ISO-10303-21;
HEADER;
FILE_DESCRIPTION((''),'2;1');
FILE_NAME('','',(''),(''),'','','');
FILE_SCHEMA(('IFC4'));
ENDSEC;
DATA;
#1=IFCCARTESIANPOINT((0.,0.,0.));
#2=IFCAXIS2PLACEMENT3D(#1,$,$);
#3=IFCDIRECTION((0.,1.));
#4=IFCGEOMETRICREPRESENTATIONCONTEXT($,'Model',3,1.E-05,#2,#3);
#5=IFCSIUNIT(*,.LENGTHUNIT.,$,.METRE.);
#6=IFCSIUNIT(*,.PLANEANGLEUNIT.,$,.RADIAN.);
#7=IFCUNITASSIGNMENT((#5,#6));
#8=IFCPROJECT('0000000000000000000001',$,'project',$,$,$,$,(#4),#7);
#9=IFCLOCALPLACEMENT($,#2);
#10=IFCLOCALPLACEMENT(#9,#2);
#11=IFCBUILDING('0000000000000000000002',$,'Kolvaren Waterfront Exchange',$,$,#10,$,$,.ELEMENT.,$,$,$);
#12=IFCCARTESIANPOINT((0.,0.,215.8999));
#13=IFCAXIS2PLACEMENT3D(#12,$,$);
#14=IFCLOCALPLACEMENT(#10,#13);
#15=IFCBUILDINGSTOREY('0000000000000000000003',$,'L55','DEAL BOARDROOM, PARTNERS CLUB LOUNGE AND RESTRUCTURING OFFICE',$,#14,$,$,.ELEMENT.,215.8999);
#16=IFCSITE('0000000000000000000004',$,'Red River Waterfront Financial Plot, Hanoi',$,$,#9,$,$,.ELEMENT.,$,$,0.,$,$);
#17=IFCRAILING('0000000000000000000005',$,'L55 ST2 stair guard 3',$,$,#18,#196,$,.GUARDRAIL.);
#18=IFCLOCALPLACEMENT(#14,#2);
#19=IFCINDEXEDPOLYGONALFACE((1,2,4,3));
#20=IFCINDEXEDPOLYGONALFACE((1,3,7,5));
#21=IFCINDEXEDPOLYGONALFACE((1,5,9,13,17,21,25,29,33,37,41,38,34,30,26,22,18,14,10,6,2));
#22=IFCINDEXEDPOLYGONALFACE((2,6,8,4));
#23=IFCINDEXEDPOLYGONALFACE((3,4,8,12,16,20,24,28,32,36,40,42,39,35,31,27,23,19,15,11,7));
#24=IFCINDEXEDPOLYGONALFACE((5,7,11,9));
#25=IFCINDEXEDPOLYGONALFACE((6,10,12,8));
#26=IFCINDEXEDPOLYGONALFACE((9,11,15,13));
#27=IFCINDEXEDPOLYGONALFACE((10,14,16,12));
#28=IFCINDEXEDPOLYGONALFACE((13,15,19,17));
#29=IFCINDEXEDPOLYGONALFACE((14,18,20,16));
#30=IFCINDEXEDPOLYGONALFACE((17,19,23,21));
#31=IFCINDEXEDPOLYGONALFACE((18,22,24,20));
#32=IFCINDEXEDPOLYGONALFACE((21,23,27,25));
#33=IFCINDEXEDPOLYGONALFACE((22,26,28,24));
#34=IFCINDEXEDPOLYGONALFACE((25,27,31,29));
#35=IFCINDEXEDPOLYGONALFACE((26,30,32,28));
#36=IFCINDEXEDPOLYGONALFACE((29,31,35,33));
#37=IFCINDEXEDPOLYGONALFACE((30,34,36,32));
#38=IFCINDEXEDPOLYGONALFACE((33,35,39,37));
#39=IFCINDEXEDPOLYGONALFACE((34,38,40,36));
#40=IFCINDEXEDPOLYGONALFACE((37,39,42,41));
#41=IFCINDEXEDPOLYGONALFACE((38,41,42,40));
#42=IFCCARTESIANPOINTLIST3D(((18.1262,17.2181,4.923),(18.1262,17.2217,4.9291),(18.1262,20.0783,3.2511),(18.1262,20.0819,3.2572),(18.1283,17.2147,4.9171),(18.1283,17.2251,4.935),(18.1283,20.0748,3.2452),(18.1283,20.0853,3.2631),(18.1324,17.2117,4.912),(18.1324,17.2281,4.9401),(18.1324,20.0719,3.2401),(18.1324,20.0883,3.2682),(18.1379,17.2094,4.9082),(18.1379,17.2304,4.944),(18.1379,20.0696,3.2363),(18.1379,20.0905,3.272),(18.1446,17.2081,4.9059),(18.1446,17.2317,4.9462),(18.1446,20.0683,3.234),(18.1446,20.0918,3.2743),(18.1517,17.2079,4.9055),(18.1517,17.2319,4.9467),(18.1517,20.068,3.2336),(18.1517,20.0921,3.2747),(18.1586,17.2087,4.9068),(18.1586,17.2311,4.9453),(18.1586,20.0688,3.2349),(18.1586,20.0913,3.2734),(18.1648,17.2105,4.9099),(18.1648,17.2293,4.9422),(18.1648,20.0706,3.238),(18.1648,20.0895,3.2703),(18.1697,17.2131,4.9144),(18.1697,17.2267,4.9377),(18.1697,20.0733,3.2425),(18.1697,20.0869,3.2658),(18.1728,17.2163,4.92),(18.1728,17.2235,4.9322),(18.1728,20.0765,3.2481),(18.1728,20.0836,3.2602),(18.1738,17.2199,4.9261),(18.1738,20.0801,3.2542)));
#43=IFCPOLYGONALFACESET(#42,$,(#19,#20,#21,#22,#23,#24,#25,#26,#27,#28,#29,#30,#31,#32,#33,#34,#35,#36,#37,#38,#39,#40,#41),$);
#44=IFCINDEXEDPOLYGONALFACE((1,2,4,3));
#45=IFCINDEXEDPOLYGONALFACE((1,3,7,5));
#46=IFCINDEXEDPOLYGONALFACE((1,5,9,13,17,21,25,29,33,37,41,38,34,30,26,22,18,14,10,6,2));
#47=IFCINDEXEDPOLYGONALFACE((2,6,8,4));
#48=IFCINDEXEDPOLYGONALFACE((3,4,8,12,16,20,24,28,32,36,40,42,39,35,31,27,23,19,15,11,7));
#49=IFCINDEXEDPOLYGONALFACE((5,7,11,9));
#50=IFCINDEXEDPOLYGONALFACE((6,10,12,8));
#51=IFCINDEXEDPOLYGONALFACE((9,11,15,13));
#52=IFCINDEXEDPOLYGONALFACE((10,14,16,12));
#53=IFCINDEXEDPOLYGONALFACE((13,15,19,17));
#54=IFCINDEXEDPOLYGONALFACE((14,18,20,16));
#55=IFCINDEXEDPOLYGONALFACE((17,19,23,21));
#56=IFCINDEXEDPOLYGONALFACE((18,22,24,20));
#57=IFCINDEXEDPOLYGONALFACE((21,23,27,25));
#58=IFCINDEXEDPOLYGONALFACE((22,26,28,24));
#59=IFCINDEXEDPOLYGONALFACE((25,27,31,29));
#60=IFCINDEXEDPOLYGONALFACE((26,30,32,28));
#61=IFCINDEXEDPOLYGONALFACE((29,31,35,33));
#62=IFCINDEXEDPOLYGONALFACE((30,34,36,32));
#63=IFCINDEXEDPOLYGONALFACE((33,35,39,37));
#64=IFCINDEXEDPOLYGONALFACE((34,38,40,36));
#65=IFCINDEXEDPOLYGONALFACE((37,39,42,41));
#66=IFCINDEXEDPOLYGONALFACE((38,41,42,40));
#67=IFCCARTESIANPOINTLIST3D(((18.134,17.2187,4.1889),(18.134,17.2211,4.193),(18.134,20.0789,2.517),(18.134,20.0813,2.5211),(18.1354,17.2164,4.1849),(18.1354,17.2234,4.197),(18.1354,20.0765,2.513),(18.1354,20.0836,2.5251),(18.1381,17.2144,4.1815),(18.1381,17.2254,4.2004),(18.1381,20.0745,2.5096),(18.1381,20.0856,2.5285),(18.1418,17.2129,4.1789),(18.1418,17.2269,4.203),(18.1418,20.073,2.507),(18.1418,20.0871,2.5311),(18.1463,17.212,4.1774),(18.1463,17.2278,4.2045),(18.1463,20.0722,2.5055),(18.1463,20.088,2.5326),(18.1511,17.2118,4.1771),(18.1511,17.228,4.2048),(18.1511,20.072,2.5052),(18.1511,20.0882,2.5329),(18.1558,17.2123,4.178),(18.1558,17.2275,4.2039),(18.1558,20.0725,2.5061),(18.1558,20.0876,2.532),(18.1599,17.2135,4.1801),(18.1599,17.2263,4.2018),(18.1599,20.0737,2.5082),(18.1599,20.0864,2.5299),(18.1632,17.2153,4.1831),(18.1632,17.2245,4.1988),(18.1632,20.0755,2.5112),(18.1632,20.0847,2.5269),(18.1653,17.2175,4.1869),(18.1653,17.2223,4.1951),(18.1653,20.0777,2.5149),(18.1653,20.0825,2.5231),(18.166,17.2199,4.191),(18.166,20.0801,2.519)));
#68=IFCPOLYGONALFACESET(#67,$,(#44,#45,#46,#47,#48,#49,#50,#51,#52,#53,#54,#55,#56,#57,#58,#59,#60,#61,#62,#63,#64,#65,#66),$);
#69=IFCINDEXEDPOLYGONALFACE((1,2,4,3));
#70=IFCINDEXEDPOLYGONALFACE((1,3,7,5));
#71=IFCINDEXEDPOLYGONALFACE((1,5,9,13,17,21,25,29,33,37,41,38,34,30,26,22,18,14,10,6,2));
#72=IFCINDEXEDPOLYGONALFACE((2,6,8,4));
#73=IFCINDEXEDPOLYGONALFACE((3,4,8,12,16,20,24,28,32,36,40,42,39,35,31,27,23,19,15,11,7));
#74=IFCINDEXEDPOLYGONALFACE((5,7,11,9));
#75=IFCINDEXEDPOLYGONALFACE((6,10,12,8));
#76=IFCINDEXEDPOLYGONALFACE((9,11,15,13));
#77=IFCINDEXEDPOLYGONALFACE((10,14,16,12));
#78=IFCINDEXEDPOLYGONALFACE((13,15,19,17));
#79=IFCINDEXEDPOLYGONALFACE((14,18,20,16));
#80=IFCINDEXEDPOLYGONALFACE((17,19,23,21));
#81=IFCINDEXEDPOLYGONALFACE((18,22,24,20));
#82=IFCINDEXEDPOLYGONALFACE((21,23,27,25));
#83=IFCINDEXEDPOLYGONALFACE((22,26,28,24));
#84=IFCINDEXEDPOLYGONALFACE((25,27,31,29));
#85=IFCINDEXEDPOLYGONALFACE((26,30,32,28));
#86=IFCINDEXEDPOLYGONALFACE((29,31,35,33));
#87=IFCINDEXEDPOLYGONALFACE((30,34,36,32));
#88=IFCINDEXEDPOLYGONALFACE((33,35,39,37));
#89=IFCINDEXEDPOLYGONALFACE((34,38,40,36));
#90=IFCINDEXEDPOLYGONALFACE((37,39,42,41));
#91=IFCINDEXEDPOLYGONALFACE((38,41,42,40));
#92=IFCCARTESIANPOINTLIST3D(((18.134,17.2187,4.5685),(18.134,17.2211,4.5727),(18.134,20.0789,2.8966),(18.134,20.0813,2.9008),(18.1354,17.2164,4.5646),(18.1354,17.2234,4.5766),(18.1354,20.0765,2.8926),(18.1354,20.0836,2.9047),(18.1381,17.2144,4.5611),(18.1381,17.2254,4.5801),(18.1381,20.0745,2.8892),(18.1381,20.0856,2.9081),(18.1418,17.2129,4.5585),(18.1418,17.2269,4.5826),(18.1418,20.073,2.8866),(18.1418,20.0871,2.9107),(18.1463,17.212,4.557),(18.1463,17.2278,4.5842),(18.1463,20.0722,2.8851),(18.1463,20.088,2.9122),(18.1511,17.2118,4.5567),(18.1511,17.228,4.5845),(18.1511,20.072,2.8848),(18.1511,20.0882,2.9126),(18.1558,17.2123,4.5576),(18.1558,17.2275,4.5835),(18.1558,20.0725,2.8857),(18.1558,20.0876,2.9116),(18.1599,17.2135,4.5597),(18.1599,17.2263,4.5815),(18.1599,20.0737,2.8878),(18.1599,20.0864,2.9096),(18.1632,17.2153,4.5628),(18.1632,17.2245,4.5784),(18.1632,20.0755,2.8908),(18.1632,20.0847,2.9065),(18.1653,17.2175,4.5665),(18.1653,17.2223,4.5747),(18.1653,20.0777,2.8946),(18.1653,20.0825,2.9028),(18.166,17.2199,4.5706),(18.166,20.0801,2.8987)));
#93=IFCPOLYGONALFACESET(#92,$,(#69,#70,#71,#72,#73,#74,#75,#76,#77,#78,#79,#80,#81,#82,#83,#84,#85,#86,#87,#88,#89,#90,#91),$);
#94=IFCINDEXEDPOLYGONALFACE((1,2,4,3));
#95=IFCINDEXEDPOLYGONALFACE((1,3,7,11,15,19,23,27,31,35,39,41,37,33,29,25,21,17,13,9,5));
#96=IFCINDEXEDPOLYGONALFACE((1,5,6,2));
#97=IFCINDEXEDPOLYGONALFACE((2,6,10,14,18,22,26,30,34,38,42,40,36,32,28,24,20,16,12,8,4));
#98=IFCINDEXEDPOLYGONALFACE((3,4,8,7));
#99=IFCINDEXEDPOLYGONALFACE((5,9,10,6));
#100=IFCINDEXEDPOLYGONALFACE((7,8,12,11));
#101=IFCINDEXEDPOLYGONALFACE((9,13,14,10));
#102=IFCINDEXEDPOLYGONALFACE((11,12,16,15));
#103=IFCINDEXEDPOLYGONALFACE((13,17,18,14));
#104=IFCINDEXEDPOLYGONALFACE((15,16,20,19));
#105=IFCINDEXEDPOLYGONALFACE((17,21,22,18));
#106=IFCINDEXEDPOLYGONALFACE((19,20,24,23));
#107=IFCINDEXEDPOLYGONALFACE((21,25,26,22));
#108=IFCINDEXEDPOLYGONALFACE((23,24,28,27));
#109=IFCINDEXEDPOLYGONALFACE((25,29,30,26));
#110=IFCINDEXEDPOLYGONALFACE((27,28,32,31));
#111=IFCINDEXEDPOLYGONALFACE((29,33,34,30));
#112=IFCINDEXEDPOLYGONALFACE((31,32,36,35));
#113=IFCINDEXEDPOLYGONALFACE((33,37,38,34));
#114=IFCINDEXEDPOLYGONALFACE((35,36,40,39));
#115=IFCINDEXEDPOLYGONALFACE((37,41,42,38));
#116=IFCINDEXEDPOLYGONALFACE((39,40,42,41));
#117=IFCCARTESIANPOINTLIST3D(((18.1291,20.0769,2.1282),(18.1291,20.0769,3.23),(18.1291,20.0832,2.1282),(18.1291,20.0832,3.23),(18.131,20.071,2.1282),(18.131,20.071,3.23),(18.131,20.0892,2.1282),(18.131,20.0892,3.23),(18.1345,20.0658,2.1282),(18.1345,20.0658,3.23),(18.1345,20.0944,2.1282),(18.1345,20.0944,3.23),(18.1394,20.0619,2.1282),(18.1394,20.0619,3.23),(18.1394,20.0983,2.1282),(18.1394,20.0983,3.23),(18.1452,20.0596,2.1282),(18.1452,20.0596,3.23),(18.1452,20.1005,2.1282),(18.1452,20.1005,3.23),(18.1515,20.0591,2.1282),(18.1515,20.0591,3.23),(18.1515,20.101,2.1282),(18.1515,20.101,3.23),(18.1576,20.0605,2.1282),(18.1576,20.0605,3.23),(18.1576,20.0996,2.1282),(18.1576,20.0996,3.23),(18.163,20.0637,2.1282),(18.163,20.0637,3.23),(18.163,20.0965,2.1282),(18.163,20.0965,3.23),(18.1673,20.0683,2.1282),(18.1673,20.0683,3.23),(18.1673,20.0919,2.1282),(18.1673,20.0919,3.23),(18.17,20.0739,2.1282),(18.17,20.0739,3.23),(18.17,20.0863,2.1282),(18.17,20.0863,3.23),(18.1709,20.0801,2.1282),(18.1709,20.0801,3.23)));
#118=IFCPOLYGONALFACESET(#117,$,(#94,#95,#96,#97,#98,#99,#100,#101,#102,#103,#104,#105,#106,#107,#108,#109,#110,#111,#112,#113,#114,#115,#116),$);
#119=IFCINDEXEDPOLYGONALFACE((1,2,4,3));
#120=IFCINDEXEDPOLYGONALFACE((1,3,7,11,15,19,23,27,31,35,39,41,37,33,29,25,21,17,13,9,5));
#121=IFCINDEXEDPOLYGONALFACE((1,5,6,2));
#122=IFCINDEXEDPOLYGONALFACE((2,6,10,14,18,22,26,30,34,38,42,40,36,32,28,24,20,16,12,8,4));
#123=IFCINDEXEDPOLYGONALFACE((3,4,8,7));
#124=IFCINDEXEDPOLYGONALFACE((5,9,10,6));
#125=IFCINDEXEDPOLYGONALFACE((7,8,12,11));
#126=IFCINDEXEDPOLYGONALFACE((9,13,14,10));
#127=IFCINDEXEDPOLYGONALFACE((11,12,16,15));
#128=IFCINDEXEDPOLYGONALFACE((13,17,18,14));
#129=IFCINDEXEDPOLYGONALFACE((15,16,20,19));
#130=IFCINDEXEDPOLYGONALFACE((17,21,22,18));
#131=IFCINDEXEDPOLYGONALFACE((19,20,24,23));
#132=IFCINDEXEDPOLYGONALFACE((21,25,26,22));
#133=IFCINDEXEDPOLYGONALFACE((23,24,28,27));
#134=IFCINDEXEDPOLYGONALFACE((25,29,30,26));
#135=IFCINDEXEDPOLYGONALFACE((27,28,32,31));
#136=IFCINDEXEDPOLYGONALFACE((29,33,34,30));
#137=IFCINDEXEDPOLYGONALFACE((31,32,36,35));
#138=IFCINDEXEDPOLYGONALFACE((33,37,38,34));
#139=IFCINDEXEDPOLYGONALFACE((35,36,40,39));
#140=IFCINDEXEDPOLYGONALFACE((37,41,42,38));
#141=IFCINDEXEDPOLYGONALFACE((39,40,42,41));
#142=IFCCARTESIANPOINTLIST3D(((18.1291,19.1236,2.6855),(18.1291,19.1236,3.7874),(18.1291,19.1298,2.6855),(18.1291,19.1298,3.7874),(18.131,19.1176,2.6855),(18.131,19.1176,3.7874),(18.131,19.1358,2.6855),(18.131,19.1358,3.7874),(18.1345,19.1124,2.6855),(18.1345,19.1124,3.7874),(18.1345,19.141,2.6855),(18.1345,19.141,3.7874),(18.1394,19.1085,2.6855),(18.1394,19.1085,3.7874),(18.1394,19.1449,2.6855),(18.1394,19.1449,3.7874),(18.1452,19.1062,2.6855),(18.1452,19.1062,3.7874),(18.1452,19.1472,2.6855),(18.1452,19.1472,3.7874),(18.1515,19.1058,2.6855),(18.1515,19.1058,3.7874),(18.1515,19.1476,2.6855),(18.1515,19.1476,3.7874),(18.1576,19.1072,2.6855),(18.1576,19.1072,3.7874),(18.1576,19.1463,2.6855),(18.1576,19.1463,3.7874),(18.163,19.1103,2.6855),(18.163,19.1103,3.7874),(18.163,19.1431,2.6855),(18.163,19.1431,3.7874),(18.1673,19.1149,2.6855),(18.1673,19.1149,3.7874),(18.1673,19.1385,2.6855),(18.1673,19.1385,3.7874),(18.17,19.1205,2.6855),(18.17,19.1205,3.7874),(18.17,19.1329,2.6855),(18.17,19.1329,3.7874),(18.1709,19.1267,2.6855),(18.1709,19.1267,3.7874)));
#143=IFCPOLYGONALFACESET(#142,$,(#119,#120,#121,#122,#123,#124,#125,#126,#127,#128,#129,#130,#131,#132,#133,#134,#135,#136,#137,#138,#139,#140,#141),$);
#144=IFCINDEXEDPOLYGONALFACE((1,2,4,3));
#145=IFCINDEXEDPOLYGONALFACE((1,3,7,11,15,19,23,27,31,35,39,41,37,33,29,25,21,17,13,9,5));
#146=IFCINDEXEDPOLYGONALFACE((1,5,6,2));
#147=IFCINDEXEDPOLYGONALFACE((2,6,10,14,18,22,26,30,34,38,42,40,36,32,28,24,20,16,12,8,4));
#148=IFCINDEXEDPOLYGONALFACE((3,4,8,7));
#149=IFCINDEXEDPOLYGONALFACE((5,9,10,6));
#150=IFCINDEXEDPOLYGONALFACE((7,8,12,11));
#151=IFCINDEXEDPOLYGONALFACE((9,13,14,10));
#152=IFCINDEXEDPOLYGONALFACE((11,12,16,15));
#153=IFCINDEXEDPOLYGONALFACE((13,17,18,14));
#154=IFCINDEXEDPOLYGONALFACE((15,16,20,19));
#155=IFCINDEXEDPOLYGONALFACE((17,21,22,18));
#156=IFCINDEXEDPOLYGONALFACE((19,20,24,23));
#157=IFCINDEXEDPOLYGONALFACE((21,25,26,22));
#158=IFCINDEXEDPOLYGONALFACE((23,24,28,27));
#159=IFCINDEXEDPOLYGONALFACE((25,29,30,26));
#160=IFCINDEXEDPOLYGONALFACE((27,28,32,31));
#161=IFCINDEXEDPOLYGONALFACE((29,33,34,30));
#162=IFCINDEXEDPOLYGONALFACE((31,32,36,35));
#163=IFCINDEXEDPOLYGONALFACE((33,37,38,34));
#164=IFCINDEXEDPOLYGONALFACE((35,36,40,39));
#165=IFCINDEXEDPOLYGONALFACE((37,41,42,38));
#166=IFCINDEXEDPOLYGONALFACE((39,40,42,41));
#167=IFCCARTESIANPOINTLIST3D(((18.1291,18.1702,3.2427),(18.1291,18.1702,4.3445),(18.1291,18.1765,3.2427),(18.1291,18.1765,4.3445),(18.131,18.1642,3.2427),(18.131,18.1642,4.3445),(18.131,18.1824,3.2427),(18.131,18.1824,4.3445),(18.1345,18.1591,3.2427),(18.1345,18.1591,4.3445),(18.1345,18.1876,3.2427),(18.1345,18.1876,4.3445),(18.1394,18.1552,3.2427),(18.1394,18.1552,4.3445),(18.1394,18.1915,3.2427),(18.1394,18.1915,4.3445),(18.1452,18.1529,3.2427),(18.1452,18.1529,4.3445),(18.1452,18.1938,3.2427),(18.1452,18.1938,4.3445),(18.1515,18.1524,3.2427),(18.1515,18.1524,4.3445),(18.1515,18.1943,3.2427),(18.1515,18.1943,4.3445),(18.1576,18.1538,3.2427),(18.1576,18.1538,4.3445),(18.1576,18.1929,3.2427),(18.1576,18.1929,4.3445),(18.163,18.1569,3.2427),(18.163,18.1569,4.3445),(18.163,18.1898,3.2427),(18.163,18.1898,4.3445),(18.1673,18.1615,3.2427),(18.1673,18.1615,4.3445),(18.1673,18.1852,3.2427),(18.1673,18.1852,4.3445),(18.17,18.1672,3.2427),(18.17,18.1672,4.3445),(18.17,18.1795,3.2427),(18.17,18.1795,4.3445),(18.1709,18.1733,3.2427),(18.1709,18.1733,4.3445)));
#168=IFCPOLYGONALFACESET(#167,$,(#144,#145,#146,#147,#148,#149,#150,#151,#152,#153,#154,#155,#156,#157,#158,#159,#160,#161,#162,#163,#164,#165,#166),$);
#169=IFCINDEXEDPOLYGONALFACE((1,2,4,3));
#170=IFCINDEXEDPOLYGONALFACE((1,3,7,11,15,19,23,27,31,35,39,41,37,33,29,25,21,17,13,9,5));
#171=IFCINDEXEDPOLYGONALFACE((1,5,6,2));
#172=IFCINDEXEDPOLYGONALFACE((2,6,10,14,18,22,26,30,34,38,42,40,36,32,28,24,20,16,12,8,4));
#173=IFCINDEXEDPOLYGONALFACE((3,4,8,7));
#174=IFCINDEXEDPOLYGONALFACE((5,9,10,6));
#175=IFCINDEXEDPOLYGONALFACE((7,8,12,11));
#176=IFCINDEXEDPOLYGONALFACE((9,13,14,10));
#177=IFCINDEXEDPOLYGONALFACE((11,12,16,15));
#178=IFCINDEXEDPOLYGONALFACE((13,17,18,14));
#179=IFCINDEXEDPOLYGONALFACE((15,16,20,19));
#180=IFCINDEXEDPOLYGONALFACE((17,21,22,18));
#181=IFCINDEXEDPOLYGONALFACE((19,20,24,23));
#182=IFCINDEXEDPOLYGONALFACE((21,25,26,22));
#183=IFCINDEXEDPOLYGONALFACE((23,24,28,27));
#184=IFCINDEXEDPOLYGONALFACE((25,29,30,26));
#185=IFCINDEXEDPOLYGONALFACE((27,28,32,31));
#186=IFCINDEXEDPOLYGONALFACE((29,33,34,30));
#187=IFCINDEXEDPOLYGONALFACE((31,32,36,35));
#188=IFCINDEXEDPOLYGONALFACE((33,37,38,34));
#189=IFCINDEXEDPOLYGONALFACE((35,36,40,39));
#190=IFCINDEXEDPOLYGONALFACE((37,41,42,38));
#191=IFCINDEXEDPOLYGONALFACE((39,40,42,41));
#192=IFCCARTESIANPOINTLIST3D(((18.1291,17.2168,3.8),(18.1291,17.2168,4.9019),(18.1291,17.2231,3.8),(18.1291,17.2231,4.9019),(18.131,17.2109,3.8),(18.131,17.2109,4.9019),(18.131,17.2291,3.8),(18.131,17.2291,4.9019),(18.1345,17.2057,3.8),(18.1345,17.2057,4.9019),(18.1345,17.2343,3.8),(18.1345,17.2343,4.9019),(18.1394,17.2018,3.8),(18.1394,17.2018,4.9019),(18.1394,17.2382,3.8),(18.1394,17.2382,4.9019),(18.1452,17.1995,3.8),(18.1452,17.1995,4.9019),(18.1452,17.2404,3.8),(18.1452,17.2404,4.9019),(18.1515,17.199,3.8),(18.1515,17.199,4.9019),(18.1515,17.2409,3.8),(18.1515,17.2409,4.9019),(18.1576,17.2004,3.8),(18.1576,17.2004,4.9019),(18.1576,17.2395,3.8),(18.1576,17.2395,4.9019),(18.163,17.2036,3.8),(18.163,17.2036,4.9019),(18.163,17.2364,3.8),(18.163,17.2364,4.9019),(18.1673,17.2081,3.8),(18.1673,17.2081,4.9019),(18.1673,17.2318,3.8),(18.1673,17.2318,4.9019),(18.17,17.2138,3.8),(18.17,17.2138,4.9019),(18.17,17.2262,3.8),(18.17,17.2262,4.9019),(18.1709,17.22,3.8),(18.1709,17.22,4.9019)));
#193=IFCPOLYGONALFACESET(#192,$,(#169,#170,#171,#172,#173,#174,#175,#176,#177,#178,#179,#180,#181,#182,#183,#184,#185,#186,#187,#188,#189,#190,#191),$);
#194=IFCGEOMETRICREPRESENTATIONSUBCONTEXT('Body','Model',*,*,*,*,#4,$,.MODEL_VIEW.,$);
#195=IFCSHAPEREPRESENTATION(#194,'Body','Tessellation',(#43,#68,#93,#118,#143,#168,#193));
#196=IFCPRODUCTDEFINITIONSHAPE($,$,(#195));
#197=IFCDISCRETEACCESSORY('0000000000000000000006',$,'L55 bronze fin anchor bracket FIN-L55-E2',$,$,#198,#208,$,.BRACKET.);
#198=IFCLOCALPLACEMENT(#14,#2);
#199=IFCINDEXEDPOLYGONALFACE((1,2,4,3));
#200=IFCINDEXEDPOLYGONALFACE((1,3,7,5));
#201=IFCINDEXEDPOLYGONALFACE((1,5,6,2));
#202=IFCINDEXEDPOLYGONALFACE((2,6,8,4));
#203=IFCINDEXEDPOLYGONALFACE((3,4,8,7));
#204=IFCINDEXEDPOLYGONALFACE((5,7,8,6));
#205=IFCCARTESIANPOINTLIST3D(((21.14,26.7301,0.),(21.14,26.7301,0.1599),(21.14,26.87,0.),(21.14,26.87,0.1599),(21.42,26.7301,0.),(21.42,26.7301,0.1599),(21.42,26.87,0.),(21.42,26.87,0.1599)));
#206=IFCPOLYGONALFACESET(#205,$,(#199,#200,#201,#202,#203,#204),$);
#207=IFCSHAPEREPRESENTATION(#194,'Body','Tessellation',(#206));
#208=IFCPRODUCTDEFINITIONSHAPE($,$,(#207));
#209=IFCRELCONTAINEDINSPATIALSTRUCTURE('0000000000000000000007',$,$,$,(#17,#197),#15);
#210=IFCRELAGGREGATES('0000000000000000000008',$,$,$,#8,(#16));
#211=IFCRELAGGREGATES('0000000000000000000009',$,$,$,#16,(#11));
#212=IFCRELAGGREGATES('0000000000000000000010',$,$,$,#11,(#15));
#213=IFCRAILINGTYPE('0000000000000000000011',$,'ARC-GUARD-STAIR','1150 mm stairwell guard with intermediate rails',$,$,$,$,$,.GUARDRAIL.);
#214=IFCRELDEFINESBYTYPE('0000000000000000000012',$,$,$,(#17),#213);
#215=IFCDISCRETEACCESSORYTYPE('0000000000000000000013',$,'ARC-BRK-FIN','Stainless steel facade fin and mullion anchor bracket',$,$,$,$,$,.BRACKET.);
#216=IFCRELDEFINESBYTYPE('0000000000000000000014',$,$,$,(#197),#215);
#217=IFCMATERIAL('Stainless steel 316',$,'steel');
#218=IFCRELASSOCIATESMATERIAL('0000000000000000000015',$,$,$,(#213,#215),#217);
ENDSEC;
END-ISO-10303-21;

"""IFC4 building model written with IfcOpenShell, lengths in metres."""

from ifc_helpers import new_model, si_unit, direction, frame, origin, origin_with_axes, origin_2d, place, context, subcontext, project, spatial, rectangle, circle, extrude, source, transform, mapped, material, type_object, element, save


model = new_model("IFC4")

# Units and contexts
model_context = context("Model", 3, precision=1e-05, world=origin(), true_north=direction((0.0, 1.0)))
body_context = subcontext(model_context, "Body", "Model", "MODEL_VIEW")
ifc_project = project(units=[si_unit("LENGTHUNIT", "METRE"), si_unit("PLANEANGLEUNIT", "RADIAN")], contexts=[model_context])

# Site, building, storey
site_placement = place(None, origin())
site = spatial("IfcSite", under=ifc_project, at=site_placement, Name="Red River Waterfront Financial Plot, Hanoi", CompositionType="ELEMENT", RefElevation=0.0)
building_placement = place(site_placement, origin())
building = spatial("IfcBuilding", under=site, at=building_placement, Name="Kolvaren Waterfront Exchange", CompositionType="ELEMENT")
storey_placement = place(building_placement, frame((0.0, 0.0, 215.8999)))
storey = spatial("IfcBuildingStorey", under=building, at=storey_placement, Name="L55", Description="DEAL BOARDROOM, PARTNERS CLUB LOUNGE AND RESTRUCTURING OFFICE", CompositionType="ELEMENT", Elevation=215.8999)

# Railing
ifc_material_1 = material(Name="Stainless steel 316", Category="steel")
railing_type = type_object("IfcRailingType", Name="ARC-GUARD-STAIR", Description="1150 mm stairwell guard with intermediate rails", PredefinedType="GUARDRAIL", material=ifc_material_1)
railing_1_placement = place(storey_placement, frame((18.1499, 20.0801, 2.1282)))
element("IfcRailing", 1, at=railing_1_placement, inside=storey, type_object=railing_type, Name="L55 ST2 stair guard 3", PredefinedType="GUARDRAIL", context=body_context, shape_type="SweptSolid", body=[
    extrude(circle(Radius=0.0239, at=origin_2d()), frame((0.0, 0.0, 1.126), z_axis=(0.0, -0.863321, 0.504654), x_axis=(1.0, 0.0, 0.0)), (0.0, 0.0, 1.0), 3.313),
    extrude(circle(Radius=0.0161, at=origin_2d()), frame((0.0, 0.0, 0.3909), z_axis=(0.0, -0.863321, 0.504654), x_axis=(1.0, 0.0, 0.0)), (0.0, 0.0, 1.0), 3.313),
    extrude(circle(Radius=0.0161, at=origin_2d()), frame((0.0, 0.0, 0.7705), z_axis=(0.0, -0.863321, 0.504654), x_axis=(1.0, 0.0, 0.0)), (0.0, 0.0, 1.0), 3.313),
    extrude(circle(Radius=0.021, at=origin_2d()), origin(), (0.0, 0.0, 1.0), 1.1018),
    extrude(circle(Radius=0.021, at=origin_2d()), frame((0.0, -0.9534, 0.5574)), (0.0, 0.0, 1.0), 1.1018),
    extrude(circle(Radius=0.021, at=origin_2d()), frame((0.0, -1.9067, 1.1145)), (0.0, 0.0, 1.0), 1.1018),
    extrude(circle(Radius=0.021, at=origin_2d()), frame((0.0, -2.8601, 1.6719)), (0.0, 0.0, 1.0), 1.1018),
])

# Discrete accessory
discrete_accessory_type = type_object("IfcDiscreteAccessoryType", Name="ARC-BRK-FIN", Description="Stainless steel facade fin and mullion anchor bracket", PredefinedType="BRACKET", material=ifc_material_1)
shared_shape_1 = source(origin_with_axes(), body_context, "Body", "SweptSolid", [
    extrude(rectangle(XDim=0.28, YDim=0.1399, at=origin_2d()), origin(), (0.0, 0.0, 1.0), 0.1599),
])
for number, where, z_axis, x_axis, name in (
    (2, (21.28, 26.8, 0.0), (0.0, 0.0, 1.0), (1.0, 0.0, 0.0), "L55 bronze fin anchor bracket FIN-L55-E2"),
):
    element("IfcDiscreteAccessory", number, at=place(storey_placement, frame(where, z_axis=z_axis, x_axis=x_axis)), inside=storey, type_object=discrete_accessory_type, Name=name, PredefinedType="BRACKET", context=body_context, shape_type="MappedRepresentation", body=[
        mapped(shared_shape_1, transform((0.0, 0.0, 0.0), x_axis=(1.0, 0.0, 0.0), y_axis=(0.0, 1.0, 0.0), z_axis=(0.0, 0.0, 1.0), scale=1.0)),
    ])

save(model, "model.ifc")
